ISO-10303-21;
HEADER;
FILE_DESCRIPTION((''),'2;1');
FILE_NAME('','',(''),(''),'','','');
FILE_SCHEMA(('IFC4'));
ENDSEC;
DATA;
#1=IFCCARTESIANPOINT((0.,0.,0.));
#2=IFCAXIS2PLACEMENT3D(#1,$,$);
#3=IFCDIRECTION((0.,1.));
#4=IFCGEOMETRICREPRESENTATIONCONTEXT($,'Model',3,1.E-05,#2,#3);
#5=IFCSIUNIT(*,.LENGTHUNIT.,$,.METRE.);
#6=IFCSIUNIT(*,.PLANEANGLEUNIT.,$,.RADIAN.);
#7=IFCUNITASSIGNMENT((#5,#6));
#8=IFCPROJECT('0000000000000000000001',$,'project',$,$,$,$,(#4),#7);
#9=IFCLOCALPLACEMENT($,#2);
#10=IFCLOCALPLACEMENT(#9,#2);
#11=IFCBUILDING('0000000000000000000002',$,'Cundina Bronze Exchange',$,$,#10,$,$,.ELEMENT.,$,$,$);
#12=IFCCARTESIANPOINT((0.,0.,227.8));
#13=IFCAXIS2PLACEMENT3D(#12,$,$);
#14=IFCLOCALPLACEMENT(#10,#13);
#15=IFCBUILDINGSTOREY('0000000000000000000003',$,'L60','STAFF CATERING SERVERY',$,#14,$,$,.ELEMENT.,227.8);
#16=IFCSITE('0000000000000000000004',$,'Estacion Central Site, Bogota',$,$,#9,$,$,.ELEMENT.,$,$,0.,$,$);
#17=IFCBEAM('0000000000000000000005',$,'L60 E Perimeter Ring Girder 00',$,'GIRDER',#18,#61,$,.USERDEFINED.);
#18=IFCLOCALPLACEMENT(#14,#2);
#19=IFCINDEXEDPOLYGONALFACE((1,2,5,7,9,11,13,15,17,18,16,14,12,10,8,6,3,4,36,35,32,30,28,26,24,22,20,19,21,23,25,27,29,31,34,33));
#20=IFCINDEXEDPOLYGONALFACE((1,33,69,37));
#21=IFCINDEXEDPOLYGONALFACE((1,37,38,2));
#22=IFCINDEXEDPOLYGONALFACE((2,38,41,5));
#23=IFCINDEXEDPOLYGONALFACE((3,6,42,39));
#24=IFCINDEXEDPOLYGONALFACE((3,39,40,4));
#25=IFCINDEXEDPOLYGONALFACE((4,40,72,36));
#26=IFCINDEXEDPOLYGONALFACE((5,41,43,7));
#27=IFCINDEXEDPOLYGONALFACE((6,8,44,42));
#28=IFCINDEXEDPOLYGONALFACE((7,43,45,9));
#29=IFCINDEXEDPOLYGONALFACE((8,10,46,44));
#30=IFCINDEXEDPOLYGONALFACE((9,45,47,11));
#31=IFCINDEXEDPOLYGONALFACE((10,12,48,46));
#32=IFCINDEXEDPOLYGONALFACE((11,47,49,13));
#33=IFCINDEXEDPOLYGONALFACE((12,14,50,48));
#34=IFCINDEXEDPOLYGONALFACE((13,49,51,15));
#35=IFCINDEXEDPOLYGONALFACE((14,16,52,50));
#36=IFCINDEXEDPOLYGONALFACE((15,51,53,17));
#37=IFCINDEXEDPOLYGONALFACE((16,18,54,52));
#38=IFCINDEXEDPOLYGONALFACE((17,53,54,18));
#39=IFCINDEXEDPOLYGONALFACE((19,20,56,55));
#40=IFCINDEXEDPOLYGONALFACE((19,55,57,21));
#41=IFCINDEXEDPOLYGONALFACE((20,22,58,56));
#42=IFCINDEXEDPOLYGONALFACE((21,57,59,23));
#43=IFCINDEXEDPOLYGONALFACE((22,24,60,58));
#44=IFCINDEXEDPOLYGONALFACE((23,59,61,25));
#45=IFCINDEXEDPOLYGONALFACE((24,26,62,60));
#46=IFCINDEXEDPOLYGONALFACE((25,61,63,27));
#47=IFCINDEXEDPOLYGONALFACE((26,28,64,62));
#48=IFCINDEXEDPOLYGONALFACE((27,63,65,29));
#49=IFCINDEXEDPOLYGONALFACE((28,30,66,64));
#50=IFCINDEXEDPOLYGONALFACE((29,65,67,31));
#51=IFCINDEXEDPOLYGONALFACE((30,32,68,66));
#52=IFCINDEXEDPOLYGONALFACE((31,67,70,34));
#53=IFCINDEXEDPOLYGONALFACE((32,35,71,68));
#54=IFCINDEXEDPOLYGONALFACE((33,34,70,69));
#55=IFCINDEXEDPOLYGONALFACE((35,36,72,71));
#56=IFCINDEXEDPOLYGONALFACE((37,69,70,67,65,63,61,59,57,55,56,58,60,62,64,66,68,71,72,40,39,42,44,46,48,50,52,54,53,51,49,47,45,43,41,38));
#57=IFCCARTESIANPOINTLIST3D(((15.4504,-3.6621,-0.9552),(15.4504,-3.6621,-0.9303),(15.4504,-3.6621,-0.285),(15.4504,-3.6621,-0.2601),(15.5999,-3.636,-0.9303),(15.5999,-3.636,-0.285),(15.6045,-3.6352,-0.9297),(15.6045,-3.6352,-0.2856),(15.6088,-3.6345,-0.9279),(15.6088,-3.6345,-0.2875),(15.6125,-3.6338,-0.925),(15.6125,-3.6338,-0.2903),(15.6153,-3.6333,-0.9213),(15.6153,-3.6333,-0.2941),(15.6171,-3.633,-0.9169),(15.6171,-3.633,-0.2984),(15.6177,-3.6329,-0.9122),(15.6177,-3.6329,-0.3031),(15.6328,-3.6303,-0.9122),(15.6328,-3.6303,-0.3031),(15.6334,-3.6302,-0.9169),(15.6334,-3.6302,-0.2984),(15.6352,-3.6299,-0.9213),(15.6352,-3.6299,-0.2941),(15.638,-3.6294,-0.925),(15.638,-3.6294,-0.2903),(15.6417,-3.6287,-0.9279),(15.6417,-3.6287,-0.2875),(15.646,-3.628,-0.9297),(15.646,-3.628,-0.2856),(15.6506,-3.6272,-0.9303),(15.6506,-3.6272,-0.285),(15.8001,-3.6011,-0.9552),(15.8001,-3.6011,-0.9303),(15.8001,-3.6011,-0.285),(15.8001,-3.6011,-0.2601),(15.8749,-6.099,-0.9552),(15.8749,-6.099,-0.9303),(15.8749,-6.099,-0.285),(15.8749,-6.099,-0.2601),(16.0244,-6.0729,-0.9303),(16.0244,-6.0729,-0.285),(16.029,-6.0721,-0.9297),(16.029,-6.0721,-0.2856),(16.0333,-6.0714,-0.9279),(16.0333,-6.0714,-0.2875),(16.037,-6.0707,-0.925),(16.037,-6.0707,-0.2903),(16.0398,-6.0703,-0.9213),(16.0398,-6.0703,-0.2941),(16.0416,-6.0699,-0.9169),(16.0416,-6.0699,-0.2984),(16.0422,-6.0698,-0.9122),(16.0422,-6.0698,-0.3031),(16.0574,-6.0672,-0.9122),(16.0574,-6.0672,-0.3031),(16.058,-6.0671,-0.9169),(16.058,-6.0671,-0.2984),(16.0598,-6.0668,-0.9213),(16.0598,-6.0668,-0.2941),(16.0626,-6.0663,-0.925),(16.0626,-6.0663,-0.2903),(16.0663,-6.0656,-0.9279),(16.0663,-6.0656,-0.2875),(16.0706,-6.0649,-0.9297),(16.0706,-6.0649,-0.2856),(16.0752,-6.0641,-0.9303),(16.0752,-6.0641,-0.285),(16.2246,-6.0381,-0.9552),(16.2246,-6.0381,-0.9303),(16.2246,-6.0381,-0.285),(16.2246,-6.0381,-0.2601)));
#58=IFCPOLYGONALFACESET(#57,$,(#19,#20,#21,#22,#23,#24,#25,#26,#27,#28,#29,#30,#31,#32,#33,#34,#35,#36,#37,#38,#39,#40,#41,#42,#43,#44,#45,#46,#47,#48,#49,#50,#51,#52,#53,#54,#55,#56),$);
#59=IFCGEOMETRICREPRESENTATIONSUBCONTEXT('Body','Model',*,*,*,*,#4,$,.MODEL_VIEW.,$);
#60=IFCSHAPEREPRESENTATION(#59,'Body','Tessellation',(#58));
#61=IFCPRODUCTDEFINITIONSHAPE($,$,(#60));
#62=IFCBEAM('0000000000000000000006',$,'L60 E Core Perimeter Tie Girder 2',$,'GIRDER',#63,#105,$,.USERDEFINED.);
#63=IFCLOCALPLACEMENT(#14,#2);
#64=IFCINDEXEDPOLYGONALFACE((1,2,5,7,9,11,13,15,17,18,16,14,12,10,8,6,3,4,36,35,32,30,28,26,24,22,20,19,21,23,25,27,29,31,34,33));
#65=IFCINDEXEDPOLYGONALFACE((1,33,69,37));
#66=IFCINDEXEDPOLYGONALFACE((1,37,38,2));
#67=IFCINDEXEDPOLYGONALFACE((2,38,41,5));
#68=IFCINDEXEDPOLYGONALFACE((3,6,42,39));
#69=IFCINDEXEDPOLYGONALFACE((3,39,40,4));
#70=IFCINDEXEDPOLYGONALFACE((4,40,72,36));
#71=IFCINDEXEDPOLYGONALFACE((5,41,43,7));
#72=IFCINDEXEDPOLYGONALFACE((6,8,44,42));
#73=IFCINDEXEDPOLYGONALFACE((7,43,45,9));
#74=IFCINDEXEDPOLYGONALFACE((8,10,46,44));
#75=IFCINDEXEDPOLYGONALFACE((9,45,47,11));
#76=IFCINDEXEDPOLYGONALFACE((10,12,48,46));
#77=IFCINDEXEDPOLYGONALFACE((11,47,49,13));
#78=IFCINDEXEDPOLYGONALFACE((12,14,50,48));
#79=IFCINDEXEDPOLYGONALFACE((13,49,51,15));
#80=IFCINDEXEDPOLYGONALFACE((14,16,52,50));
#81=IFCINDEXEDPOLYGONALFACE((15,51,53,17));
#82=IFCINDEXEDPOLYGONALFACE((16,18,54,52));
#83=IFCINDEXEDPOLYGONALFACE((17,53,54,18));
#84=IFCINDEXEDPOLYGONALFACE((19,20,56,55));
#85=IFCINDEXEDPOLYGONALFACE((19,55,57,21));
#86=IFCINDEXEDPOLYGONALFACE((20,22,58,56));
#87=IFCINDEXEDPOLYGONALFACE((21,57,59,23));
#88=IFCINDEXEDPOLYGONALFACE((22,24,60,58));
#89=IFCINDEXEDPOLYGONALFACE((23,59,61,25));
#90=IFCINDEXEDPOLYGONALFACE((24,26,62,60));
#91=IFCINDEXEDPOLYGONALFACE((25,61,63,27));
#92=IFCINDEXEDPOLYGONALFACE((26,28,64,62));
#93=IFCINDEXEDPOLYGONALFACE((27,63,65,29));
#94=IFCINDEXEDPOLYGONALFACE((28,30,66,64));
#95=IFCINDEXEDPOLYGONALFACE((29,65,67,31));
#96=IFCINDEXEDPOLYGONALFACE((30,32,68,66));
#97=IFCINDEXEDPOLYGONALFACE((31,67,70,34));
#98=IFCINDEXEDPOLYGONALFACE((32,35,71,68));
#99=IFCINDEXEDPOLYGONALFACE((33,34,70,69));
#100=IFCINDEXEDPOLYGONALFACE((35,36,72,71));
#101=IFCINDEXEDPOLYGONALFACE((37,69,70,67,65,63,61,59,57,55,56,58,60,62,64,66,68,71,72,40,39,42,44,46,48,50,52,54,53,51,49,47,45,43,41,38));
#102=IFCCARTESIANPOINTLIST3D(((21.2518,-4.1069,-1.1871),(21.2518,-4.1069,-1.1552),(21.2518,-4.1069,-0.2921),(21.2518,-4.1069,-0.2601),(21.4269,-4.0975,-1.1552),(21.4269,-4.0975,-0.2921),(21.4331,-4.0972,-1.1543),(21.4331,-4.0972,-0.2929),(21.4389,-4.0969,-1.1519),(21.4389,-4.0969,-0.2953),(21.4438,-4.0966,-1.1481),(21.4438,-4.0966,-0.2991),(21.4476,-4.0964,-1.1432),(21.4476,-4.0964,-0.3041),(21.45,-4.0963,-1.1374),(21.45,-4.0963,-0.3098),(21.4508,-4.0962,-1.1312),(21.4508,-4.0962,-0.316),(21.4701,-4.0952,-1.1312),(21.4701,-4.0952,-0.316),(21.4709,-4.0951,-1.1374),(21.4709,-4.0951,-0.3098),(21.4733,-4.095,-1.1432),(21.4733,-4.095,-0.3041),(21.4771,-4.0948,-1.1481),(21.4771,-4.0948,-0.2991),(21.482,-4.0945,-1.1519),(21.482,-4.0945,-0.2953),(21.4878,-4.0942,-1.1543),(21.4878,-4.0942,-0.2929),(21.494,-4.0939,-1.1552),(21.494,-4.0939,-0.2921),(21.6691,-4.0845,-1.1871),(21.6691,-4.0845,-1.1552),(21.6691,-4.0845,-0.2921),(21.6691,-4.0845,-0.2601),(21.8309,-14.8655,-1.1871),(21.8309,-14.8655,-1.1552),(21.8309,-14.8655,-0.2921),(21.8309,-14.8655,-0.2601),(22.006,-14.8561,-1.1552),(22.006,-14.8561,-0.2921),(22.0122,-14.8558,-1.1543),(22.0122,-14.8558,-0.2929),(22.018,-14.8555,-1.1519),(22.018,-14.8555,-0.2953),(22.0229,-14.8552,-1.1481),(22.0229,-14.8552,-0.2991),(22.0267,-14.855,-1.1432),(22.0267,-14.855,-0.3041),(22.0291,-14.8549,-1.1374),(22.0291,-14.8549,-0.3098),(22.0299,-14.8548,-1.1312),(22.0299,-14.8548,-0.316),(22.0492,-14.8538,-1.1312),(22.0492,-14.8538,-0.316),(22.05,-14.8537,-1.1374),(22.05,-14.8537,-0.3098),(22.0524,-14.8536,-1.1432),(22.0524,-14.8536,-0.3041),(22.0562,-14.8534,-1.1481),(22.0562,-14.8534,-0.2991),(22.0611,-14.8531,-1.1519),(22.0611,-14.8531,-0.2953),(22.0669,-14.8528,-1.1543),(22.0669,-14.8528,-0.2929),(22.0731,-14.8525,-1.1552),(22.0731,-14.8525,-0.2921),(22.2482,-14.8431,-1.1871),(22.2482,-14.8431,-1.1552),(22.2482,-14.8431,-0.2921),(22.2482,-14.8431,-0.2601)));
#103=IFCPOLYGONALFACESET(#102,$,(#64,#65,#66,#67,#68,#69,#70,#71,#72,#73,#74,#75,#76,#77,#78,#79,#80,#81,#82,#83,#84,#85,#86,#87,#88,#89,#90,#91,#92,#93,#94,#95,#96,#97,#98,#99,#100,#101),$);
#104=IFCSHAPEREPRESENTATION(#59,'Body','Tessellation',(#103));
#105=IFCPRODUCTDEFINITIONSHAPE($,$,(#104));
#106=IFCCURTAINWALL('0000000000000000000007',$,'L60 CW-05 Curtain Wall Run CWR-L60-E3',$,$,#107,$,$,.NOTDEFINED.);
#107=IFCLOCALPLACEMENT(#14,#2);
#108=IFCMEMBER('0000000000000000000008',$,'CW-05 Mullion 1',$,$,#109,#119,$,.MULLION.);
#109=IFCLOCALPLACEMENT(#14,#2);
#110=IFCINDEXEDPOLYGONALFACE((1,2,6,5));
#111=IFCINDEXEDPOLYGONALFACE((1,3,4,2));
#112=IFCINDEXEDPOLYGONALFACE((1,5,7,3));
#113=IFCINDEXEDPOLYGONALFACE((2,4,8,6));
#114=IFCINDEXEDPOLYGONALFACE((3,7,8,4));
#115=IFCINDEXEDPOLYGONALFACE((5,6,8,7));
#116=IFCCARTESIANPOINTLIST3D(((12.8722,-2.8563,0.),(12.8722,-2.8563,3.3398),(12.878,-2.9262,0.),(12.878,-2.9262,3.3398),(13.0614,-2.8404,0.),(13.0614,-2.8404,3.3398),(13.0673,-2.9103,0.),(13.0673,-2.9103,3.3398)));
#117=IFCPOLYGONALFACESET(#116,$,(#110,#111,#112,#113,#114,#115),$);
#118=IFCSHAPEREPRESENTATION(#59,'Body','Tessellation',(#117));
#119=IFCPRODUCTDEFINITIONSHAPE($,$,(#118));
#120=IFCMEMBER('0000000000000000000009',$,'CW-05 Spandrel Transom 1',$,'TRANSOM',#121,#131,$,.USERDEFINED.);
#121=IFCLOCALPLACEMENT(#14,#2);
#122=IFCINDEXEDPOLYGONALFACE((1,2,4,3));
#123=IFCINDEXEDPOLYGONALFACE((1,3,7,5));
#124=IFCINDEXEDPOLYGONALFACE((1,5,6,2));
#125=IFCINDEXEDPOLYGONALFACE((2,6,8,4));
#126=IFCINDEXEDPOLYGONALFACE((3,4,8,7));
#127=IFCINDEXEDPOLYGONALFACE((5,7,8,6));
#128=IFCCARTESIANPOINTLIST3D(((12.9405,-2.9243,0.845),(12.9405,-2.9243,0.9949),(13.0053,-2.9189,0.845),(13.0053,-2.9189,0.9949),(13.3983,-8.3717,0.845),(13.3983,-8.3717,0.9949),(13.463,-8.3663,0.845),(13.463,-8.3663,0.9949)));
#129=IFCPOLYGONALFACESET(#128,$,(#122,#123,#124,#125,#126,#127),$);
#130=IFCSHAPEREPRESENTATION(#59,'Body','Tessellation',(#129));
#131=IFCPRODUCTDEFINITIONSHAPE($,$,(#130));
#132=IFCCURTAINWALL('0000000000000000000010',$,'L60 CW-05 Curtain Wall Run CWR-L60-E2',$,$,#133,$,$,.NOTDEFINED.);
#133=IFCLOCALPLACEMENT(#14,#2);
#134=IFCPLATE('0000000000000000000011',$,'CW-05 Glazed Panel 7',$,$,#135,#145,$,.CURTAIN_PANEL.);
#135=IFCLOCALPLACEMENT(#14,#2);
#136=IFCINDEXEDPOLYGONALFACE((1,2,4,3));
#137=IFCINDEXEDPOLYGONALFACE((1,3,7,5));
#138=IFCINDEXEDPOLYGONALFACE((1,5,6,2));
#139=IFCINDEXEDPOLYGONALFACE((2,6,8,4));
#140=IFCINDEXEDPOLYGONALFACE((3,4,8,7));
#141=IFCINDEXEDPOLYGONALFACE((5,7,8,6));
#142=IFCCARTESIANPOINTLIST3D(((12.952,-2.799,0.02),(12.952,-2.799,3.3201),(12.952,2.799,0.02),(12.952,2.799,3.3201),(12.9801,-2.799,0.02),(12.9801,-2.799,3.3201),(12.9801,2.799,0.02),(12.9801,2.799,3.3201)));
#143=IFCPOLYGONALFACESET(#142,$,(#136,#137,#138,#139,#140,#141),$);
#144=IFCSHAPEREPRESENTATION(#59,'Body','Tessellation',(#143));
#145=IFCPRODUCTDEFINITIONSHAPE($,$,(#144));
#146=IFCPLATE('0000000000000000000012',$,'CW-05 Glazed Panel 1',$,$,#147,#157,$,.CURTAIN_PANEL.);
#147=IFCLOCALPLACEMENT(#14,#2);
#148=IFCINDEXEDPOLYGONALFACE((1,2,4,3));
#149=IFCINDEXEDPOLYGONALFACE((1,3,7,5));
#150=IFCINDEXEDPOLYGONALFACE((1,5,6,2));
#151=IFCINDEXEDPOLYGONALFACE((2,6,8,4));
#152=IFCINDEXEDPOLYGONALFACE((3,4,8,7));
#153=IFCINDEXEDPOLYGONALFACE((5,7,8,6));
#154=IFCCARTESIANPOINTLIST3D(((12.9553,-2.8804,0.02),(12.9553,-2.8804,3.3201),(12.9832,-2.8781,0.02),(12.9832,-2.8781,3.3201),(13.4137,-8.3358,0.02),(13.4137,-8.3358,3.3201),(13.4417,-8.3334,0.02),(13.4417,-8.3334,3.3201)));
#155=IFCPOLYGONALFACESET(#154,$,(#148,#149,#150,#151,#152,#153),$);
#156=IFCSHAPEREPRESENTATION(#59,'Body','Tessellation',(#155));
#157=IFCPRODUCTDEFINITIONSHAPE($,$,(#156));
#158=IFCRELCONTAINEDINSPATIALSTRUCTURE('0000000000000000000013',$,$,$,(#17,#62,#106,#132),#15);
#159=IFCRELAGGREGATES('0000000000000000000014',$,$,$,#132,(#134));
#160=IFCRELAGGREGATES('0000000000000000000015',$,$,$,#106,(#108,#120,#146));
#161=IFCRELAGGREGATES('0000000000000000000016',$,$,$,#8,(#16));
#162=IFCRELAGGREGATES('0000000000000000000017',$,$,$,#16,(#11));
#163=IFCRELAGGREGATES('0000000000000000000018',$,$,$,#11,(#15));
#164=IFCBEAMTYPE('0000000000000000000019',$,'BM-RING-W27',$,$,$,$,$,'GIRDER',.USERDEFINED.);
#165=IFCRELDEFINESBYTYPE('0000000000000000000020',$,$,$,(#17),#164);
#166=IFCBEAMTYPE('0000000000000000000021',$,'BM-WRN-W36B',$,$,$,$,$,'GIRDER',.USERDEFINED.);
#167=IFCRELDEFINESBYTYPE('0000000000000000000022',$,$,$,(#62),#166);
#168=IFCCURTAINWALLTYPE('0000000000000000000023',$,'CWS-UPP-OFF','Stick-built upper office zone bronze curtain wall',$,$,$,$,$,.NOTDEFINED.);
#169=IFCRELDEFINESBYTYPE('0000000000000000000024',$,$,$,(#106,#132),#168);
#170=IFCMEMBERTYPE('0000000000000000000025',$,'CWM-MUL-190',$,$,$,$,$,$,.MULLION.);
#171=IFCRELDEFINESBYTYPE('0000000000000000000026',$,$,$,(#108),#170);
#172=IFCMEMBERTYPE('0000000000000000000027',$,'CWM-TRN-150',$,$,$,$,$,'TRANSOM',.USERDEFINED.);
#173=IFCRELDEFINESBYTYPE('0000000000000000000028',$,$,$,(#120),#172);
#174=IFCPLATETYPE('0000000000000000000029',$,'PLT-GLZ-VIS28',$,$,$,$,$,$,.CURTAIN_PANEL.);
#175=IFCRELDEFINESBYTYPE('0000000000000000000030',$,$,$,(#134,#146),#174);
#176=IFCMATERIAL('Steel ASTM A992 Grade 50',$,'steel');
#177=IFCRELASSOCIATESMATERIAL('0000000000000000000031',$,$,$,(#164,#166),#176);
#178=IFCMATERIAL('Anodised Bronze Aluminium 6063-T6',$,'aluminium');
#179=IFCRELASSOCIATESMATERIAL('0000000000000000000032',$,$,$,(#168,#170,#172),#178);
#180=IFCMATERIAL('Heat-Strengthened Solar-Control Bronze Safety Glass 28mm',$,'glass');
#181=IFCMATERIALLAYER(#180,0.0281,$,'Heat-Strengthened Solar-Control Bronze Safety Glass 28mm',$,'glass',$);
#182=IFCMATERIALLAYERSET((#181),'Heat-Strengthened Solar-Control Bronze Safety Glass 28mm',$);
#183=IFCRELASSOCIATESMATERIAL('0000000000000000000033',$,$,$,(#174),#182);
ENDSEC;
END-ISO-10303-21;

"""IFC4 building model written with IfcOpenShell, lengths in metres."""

from ifc_helpers import new_model, si_unit, direction, frame, origin, origin_2d, place, context, subcontext, project, spatial, rectangle, i_section, extrude, material, layer, layer_set, material_profile, profile_set, type_object, element, aggregate, save


model = new_model("IFC4")

# Units and contexts
model_context = context("Model", 3, precision=1e-05, world=origin(), true_north=direction((0.0, 1.0)))
body_context = subcontext(model_context, "Body", "Model", "MODEL_VIEW")
ifc_project = project(units=[si_unit("LENGTHUNIT", "METRE"), si_unit("PLANEANGLEUNIT", "RADIAN")], contexts=[model_context])

# Site, building, storey
site_placement = place(None, origin())
site = spatial("IfcSite", under=ifc_project, at=site_placement, Name="Estacion Central Site, Bogota", CompositionType="ELEMENT", RefElevation=0.0)
building_placement = place(site_placement, origin())
building = spatial("IfcBuilding", under=site, at=building_placement, Name="Cundina Bronze Exchange", CompositionType="ELEMENT")
storey_placement = place(building_placement, frame((0.0, 0.0, 227.8)))
storey = spatial("IfcBuildingStorey", under=building, at=storey_placement, Name="L60", Description="STAFF CATERING SERVERY", CompositionType="ELEMENT", Elevation=227.8)

# Shared definitions
ifc_material_1 = material(Name="Steel ASTM A992 Grade 50", Category="steel")

# Beams
ifc_material_profile_1 = material_profile(ifc_material_1, i_section(OverallWidth=0.355, OverallDepth=0.6951, WebThickness=0.0154, FlangeThickness=0.0249, FilletRadius=0.0181, at=origin_2d()), Name="W27X146", Category="steel")
ifc_profile_set_1 = profile_set([ifc_material_profile_1], Name="Steel ASTM A992 Grade 50")
beam_type_1 = type_object("IfcBeamType", Name="BM-RING-W27", ElementType="GIRDER", PredefinedType="USERDEFINED", material=ifc_profile_set_1)
beam_1_placement = place(storey_placement, frame((15.6252, -3.6316, -0.6077), z_axis=(0.171629, -0.985162, 0.0), x_axis=(0.985162, 0.171629, 0.0)))
element("IfcBeam", 1, at=beam_1_placement, inside=storey, type_object=beam_type_1, Name="L60 E Perimeter Ring Girder 00", ObjectType="GIRDER", PredefinedType="USERDEFINED", context=body_context, shape_type="SweptSolid", body=[
    extrude(i_section(OverallWidth=0.355, OverallDepth=0.6951, WebThickness=0.0154, FlangeThickness=0.0249, FilletRadius=0.0181, at=origin_2d()), origin(), (0.0, 0.0, 1.0), 2.4736),
])
ifc_material_profile_2 = material_profile(ifc_material_1, i_section(OverallWidth=0.418, OverallDepth=0.927, WebThickness=0.0193, FlangeThickness=0.032, FilletRadius=0.0239, at=origin_2d()), Name="W36X231", Category="steel")
ifc_profile_set_2 = profile_set([ifc_material_profile_2], Name="Steel ASTM A992 Grade 50")
beam_type_2 = type_object("IfcBeamType", Name="BM-WRN-W36B", ElementType="GIRDER", PredefinedType="USERDEFINED", material=ifc_profile_set_2)
beam_2_placement = place(storey_placement, frame((21.4604, -4.0957, -0.7236), z_axis=(0.053749, -0.998554, 0.0), x_axis=(0.998554, 0.053749, 0.0)))
element("IfcBeam", 2, at=beam_2_placement, inside=storey, type_object=beam_type_2, Name="L60 E Core Perimeter Tie Girder 2", ObjectType="GIRDER", PredefinedType="USERDEFINED", context=body_context, shape_type="SweptSolid", body=[
    extrude(i_section(OverallWidth=0.418, OverallDepth=0.927, WebThickness=0.0193, FlangeThickness=0.032, FilletRadius=0.0239, at=origin_2d()), origin(), (0.0, 0.0, 1.0), 10.7742),
])

# Curtain wall, members
ifc_material_2 = material(Name="Anodised Bronze Aluminium 6063-T6", Category="aluminium")
curtain_wall_type = type_object("IfcCurtainWallType", Name="CWS-UPP-OFF", Description="Stick-built upper office zone bronze curtain wall", PredefinedType="NOTDEFINED", material=ifc_material_2)
curtain_wall_1_placement = place(storey_placement, origin())
curtain_wall_1 = element("IfcCurtainWall", 3, at=curtain_wall_1_placement, inside=storey, type_object=curtain_wall_type, Name="L60 CW-05 Curtain Wall Run CWR-L60-E3", PredefinedType="NOTDEFINED")
ifc_material_profile_3 = material_profile(ifc_material_2, rectangle(XDim=0.0701, YDim=0.1899, at=origin_2d()), Name="AL70X190", Category="aluminium")
ifc_profile_set_3 = profile_set([ifc_material_profile_3], Name="Anodised Bronze Aluminium 6063-T6")
member_type_1 = type_object("IfcMemberType", Name="CWM-MUL-190", PredefinedType="MULLION", material=ifc_profile_set_3)
member_1_placement = place(storey_placement, frame((12.9697, -2.8833, 0.0), z_axis=(0.0, 0.0, 1.0), x_axis=(0.083678, -0.996493, 0.0)))
member_1 = element("IfcMember", 4, at=member_1_placement, type_object=member_type_1, Name="CW-05 Mullion 1", PredefinedType="MULLION", context=body_context, shape_type="SweptSolid", body=[
    extrude(rectangle(XDim=0.0701, YDim=0.1899, at=origin_2d()), origin(), (0.0, 0.0, 1.0), 3.3398),
])
ifc_material_profile_4 = material_profile(ifc_material_2, rectangle(XDim=0.0649, YDim=0.1499, at=origin_2d()), Name="AL65X150", Category="aluminium")
ifc_profile_set_4 = profile_set([ifc_material_profile_4], Name="Anodised Bronze Aluminium 6063-T6")
member_type_2 = type_object("IfcMemberType", Name="CWM-TRN-150", ElementType="TRANSOM", PredefinedType="USERDEFINED", material=ifc_profile_set_4)
member_2_placement = place(storey_placement, frame((12.9729, -2.9216, 0.9199), z_axis=(0.08374, -0.996488, 0.0), x_axis=(0.996488, 0.08374, 0.0)))
member_2 = element("IfcMember", 5, at=member_2_placement, type_object=member_type_2, Name="CW-05 Spandrel Transom 1", ObjectType="TRANSOM", PredefinedType="USERDEFINED", context=body_context, shape_type="SweptSolid", body=[
    extrude(rectangle(XDim=0.0649, YDim=0.1499, at=origin_2d()), origin(), (0.0, 0.0, 1.0), 5.4666),
])

# Curtain wall, plate
curtain_wall_2_placement = place(storey_placement, origin())
curtain_wall_2 = element("IfcCurtainWall", 6, at=curtain_wall_2_placement, inside=storey, type_object=curtain_wall_type, Name="L60 CW-05 Curtain Wall Run CWR-L60-E2", PredefinedType="NOTDEFINED")
ifc_material_3 = material(Name="Heat-Strengthened Solar-Control Bronze Safety Glass 28mm", Category="glass")
ifc_layer_1 = layer(ifc_material_3, 0.0281, Name="Heat-Strengthened Solar-Control Bronze Safety Glass 28mm", Category="glass")
ifc_layer_set_1 = layer_set([ifc_layer_1], Name="Heat-Strengthened Solar-Control Bronze Safety Glass 28mm")
plate_type = type_object("IfcPlateType", Name="PLT-GLZ-VIS28", PredefinedType="CURTAIN_PANEL", material=ifc_layer_set_1)
plate_1_placement = place(storey_placement, frame((12.9661, 0.0, 0.02), z_axis=(0.0, 0.0, 1.0), x_axis=(0.0, -1.0, 0.0)))
plate_1 = element("IfcPlate", 7, at=plate_1_placement, type_object=plate_type, Name="CW-05 Glazed Panel 7", PredefinedType="CURTAIN_PANEL", context=body_context, shape_type="SweptSolid", body=[
    extrude(rectangle(XDim=5.5979, YDim=0.0281, at=origin_2d()), origin(), (0.0, 0.0, 1.0), 3.3),
])
aggregate(curtain_wall_2, [plate_1])

# Plate
plate_2_placement = place(storey_placement, frame((13.1985, -5.6069, 0.02), z_axis=(0.0, 0.0, 1.0), x_axis=(0.083747, -0.996487, 0.0)))
plate_2 = element("IfcPlate", 8, at=plate_2_placement, type_object=plate_type, Name="CW-05 Glazed Panel 1", PredefinedType="CURTAIN_PANEL", context=body_context, shape_type="SweptSolid", body=[
    extrude(rectangle(XDim=5.4746, YDim=0.0281, at=origin_2d()), origin(), (0.0, 0.0, 1.0), 3.3),
])
aggregate(curtain_wall_1, [member_1, member_2, plate_2])

save(model, "model.ifc")
